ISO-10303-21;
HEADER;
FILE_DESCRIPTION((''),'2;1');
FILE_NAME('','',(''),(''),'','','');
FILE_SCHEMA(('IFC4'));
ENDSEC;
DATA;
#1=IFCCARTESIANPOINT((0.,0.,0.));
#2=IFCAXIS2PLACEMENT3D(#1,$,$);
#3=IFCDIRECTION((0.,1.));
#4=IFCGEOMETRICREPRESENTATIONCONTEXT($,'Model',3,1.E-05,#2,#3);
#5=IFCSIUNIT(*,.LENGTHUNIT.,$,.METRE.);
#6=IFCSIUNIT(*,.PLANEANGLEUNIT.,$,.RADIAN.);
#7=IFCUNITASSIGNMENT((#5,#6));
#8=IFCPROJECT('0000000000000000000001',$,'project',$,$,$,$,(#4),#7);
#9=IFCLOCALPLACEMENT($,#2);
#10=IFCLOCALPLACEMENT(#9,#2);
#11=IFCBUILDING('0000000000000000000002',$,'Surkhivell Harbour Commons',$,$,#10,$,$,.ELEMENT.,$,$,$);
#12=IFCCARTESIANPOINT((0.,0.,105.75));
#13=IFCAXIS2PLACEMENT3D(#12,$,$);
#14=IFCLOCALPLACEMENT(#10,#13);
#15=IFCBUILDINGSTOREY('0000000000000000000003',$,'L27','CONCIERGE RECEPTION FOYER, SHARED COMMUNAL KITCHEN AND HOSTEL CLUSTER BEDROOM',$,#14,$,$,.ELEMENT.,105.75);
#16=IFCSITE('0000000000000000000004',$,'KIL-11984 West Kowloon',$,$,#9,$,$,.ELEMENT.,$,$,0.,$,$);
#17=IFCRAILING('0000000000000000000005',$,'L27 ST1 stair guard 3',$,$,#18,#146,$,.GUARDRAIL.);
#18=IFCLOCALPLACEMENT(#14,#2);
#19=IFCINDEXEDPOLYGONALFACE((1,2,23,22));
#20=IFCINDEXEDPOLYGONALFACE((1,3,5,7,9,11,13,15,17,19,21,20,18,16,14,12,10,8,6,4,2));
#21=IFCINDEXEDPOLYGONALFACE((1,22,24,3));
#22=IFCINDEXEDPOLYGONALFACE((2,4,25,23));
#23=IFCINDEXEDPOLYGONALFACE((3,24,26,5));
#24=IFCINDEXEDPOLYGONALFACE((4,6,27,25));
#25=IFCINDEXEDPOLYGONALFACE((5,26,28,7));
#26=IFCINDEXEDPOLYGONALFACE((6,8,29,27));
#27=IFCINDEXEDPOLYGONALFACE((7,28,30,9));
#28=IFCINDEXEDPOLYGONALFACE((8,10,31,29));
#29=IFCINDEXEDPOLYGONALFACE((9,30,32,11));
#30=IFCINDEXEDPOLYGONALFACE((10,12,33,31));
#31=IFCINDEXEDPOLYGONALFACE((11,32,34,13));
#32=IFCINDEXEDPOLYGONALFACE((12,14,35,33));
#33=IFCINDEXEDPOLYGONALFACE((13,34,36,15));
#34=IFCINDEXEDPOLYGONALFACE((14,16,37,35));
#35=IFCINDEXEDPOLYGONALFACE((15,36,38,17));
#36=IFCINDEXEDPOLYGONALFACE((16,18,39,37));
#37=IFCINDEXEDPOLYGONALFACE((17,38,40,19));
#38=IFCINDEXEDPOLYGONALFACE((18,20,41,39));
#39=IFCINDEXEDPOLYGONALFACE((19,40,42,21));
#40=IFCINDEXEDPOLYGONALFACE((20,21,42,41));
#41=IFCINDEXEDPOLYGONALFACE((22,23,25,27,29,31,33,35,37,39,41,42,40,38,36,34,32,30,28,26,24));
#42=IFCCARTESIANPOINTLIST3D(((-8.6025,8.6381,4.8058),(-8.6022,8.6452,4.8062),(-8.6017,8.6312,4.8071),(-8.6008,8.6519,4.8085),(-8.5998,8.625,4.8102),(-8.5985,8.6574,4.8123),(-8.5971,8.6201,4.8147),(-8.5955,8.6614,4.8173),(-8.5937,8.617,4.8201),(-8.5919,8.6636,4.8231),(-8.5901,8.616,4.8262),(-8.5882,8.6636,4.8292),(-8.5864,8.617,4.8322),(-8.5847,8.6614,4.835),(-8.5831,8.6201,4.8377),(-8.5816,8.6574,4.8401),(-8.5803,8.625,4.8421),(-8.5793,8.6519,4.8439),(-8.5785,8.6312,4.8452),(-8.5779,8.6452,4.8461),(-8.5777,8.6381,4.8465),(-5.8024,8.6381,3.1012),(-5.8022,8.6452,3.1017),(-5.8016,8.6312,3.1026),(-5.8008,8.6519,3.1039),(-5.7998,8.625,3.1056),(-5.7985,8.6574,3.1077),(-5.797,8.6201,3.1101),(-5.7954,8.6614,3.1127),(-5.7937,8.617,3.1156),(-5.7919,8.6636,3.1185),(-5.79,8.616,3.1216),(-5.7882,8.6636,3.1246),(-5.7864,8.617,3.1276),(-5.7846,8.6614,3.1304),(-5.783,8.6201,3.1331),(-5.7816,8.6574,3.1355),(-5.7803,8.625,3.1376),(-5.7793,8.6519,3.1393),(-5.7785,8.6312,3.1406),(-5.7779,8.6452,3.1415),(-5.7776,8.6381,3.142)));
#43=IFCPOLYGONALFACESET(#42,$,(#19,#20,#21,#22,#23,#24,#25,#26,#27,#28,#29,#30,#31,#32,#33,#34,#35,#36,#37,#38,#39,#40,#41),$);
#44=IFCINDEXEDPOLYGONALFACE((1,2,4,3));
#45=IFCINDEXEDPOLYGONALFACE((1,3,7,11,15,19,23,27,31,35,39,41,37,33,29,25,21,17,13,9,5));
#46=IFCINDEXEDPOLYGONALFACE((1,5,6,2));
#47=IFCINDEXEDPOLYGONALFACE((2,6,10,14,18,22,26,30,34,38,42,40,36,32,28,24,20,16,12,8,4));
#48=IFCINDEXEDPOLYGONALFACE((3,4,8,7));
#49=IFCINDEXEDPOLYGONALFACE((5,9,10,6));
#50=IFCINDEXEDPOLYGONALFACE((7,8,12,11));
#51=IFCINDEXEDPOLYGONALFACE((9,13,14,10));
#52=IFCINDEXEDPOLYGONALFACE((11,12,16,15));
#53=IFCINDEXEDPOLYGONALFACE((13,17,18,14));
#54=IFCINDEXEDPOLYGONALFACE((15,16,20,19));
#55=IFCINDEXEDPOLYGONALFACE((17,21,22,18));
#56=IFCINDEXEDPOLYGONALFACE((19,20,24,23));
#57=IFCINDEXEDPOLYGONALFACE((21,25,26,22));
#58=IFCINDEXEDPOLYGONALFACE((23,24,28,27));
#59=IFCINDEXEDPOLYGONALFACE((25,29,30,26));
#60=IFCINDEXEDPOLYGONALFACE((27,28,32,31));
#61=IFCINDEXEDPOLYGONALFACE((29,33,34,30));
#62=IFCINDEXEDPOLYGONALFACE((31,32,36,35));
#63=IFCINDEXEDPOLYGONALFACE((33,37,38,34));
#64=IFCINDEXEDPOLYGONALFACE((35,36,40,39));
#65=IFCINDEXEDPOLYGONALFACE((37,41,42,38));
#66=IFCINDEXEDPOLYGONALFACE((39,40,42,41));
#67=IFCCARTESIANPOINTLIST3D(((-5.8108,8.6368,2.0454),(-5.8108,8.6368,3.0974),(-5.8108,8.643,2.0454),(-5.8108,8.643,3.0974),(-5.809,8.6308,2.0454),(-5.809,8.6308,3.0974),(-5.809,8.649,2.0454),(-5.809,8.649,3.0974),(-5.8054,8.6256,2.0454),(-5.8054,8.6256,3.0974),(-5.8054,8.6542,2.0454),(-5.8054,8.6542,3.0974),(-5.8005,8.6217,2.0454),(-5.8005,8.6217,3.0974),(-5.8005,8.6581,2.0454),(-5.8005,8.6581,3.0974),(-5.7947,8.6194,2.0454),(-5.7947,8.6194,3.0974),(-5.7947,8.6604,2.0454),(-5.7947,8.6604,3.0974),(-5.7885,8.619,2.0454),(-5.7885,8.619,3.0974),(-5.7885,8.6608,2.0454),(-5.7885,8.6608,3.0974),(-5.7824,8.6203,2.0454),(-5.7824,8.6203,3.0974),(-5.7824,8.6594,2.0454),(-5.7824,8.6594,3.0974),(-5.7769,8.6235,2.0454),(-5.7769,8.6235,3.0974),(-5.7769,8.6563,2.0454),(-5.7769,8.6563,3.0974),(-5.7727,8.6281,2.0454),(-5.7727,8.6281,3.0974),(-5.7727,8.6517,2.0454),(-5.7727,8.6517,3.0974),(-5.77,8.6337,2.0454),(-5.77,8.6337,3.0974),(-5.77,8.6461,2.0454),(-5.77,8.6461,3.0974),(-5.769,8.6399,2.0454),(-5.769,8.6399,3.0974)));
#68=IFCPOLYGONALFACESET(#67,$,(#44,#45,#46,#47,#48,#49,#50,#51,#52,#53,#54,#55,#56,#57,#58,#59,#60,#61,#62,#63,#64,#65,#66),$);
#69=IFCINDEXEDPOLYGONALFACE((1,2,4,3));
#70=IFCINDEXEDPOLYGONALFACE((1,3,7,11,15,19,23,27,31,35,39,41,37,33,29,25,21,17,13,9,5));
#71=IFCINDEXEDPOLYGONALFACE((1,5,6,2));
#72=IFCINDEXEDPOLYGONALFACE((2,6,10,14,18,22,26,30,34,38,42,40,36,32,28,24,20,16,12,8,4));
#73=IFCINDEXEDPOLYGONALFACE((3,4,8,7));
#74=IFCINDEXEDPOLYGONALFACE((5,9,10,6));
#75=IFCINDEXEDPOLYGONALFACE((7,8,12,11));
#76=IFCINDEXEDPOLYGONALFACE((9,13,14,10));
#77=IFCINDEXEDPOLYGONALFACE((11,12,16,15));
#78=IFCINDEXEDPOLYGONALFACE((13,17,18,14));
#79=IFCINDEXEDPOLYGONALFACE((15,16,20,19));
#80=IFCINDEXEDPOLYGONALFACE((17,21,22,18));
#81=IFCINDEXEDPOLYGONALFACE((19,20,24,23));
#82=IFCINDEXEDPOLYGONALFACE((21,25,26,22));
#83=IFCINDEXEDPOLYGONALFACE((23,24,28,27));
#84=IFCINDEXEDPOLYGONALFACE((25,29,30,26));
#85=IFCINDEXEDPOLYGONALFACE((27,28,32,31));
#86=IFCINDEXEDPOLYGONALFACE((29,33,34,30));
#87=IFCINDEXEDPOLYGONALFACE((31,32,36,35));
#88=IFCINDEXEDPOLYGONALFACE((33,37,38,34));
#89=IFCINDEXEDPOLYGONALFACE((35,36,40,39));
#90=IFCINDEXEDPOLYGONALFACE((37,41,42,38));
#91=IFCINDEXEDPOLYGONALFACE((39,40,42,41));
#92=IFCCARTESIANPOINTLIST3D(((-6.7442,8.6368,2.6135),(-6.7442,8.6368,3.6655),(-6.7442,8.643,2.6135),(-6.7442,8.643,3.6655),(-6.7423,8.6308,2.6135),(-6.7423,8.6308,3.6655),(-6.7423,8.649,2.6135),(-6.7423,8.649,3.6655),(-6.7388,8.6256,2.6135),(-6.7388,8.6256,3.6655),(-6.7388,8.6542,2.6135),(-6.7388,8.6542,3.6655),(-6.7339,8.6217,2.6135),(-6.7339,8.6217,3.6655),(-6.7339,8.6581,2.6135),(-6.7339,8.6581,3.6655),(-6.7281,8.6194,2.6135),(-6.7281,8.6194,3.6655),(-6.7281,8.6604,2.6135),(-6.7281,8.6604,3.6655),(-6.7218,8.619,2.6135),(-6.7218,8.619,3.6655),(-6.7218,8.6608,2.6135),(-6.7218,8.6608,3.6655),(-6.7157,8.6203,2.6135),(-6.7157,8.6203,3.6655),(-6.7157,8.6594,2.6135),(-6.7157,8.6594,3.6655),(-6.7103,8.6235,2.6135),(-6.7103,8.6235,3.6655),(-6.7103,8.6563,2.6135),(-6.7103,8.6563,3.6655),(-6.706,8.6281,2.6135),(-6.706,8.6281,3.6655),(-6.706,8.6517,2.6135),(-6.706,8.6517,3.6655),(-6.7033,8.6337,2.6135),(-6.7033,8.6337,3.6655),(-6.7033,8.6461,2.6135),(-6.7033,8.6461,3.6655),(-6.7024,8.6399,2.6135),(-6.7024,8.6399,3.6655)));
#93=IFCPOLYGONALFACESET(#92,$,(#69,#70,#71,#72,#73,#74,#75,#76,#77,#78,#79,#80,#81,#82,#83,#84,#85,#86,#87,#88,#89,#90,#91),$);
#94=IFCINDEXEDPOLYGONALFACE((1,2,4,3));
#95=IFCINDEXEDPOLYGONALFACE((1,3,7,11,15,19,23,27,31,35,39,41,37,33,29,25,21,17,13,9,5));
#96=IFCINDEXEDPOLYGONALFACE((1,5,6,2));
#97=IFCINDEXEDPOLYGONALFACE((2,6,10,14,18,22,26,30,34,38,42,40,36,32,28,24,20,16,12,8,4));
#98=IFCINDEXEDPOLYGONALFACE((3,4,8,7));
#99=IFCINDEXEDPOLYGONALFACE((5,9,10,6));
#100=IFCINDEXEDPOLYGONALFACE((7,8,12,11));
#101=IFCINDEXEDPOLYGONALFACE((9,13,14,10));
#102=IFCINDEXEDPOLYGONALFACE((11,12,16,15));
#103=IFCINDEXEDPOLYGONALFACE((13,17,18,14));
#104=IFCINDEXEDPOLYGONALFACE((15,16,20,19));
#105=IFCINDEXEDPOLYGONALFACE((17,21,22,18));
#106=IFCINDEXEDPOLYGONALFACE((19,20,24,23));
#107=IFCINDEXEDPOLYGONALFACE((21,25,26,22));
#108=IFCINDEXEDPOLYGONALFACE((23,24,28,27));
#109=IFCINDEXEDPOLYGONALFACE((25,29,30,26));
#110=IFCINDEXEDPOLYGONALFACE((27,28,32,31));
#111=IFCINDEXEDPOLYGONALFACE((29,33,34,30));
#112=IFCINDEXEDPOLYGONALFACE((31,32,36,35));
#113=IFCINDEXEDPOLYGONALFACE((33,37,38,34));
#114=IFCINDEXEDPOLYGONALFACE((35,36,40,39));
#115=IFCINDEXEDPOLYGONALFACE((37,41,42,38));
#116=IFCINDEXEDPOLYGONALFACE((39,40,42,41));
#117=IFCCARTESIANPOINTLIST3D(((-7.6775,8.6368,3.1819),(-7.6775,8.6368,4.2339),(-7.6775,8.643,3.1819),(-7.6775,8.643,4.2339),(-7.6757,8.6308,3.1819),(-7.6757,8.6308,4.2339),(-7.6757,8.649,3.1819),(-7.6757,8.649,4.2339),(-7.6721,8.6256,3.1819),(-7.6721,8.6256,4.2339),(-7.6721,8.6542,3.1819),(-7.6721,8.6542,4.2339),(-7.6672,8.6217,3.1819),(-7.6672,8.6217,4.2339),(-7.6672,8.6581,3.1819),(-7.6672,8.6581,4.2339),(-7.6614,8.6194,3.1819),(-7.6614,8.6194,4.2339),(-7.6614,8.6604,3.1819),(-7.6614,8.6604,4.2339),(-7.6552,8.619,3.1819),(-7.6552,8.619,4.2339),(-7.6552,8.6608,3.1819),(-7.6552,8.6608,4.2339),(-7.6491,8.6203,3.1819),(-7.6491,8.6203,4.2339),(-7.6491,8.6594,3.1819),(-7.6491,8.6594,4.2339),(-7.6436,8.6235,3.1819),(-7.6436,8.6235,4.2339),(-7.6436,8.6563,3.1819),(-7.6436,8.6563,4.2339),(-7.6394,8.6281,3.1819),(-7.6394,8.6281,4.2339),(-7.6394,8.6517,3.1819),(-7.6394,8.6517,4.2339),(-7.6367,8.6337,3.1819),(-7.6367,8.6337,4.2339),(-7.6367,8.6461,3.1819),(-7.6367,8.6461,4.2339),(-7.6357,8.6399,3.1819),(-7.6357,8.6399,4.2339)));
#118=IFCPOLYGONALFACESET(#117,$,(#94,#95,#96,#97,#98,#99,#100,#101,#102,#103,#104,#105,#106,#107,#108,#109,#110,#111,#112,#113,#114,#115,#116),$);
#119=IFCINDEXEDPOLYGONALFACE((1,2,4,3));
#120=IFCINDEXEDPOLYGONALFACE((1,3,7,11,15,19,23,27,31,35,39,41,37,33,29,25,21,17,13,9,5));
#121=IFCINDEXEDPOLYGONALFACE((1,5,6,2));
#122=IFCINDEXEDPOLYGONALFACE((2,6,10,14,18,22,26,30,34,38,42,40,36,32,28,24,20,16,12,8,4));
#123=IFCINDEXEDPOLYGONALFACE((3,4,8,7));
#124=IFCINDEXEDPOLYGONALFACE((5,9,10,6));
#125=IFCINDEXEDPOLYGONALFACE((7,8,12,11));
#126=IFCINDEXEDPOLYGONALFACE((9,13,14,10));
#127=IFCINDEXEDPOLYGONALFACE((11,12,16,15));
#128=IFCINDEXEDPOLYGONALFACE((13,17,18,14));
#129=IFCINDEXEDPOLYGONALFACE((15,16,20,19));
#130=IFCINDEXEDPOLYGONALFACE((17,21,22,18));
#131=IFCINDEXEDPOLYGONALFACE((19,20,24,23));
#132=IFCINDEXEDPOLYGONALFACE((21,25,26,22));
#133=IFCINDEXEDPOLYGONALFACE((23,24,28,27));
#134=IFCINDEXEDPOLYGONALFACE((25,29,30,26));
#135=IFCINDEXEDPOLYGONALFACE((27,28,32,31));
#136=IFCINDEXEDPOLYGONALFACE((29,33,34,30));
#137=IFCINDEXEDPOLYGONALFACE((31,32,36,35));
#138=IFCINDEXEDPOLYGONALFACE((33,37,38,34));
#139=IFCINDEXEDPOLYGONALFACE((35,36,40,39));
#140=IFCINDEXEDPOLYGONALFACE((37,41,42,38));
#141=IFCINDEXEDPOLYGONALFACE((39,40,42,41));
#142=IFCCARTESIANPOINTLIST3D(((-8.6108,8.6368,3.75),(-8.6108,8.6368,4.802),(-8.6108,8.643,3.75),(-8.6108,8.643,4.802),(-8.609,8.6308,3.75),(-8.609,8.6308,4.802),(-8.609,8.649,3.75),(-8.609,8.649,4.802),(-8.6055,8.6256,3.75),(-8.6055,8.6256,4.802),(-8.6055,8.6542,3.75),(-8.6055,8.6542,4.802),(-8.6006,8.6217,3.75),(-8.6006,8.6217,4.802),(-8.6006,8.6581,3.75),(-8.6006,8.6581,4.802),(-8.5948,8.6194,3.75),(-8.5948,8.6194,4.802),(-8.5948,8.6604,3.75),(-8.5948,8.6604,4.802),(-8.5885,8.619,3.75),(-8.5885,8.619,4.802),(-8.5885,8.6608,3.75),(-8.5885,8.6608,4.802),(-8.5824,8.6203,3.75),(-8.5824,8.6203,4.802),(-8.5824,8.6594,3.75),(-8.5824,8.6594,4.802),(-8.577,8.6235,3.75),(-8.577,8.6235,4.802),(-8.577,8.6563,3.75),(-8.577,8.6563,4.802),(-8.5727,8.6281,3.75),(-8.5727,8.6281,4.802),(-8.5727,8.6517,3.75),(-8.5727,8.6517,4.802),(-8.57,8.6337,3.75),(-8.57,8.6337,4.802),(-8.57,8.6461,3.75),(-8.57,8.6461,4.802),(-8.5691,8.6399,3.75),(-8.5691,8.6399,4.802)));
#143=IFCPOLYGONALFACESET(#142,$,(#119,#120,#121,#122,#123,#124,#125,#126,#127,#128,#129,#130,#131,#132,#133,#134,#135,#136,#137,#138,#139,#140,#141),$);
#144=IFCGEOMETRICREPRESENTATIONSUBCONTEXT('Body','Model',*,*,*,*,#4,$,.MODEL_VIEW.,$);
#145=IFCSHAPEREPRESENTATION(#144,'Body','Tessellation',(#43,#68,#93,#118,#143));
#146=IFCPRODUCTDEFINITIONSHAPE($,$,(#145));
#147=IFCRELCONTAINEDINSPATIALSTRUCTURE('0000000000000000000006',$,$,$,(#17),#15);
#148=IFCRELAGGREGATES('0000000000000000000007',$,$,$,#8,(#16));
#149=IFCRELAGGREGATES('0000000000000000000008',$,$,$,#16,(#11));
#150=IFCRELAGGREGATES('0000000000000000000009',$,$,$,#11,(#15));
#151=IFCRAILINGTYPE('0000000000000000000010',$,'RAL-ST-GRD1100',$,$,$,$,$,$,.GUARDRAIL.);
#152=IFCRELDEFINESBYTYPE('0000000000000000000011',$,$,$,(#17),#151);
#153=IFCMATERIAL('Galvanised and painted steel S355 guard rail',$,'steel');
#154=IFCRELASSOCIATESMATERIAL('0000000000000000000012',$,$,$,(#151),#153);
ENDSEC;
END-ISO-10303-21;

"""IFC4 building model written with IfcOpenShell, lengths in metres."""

from ifc_helpers import new_model, si_unit, direction, frame, origin, origin_2d, place, context, subcontext, project, spatial, circle, extrude, material, type_object, element, save


model = new_model("IFC4")

# Units and contexts
model_context = context("Model", 3, precision=1e-05, world=origin(), true_north=direction((0.0, 1.0)))
body_context = subcontext(model_context, "Body", "Model", "MODEL_VIEW")
ifc_project = project(units=[si_unit("LENGTHUNIT", "METRE"), si_unit("PLANEANGLEUNIT", "RADIAN")], contexts=[model_context])

# Site, building, storey
site_placement = place(None, origin())
site = spatial("IfcSite", under=ifc_project, at=site_placement, Name="KIL-11984 West Kowloon", CompositionType="ELEMENT", RefElevation=0.0)
building_placement = place(site_placement, origin())
building = spatial("IfcBuilding", under=site, at=building_placement, Name="Surkhivell Harbour Commons", CompositionType="ELEMENT")
storey_placement = place(building_placement, frame((0.0, 0.0, 105.75)))
storey = spatial("IfcBuildingStorey", under=building, at=storey_placement, Name="L27", Description="CONCIERGE RECEPTION FOYER, SHARED COMMUNAL KITCHEN AND HOSTEL CLUSTER BEDROOM", CompositionType="ELEMENT", Elevation=105.75)

# Railing
ifc_material_1 = material(Name="Galvanised and painted steel S355 guard rail", Category="steel")
railing_type_1 = type_object("IfcRailingType", Name="RAL-ST-GRD1100", PredefinedType="GUARDRAIL", material=ifc_material_1)
railing_1_placement = place(storey_placement, frame((-5.79, 8.6399, 2.0454)))
element("IfcRailing", 1, at=railing_1_placement, inside=storey, type_object=railing_type_1, Name="L27 ST1 stair guard 3", PredefinedType="GUARDRAIL", context=body_context, shape_type="SweptSolid", body=[
    extrude(circle(Radius=0.0239, at=origin_2d()), frame((0.0, 0.0, 1.0762), z_axis=(-0.85417, 0.0, 0.519994), x_axis=(0.0, -1.0, 0.0)), (0.0, 0.0, 1.0), 3.2781),
    extrude(circle(Radius=0.021, at=origin_2d()), origin(), (0.0, 0.0, 1.0), 1.052),
    extrude(circle(Radius=0.021, at=origin_2d()), frame((-0.9333, 0.0, 0.5681)), (0.0, 0.0, 1.0), 1.052),
    extrude(circle(Radius=0.021, at=origin_2d()), frame((-1.8667, 0.0, 1.1365)), (0.0, 0.0, 1.0), 1.052),
    extrude(circle(Radius=0.021, at=origin_2d()), frame((-2.8, 0.0, 1.7046)), (0.0, 0.0, 1.0), 1.052),
])

save(model, "model.ifc")
